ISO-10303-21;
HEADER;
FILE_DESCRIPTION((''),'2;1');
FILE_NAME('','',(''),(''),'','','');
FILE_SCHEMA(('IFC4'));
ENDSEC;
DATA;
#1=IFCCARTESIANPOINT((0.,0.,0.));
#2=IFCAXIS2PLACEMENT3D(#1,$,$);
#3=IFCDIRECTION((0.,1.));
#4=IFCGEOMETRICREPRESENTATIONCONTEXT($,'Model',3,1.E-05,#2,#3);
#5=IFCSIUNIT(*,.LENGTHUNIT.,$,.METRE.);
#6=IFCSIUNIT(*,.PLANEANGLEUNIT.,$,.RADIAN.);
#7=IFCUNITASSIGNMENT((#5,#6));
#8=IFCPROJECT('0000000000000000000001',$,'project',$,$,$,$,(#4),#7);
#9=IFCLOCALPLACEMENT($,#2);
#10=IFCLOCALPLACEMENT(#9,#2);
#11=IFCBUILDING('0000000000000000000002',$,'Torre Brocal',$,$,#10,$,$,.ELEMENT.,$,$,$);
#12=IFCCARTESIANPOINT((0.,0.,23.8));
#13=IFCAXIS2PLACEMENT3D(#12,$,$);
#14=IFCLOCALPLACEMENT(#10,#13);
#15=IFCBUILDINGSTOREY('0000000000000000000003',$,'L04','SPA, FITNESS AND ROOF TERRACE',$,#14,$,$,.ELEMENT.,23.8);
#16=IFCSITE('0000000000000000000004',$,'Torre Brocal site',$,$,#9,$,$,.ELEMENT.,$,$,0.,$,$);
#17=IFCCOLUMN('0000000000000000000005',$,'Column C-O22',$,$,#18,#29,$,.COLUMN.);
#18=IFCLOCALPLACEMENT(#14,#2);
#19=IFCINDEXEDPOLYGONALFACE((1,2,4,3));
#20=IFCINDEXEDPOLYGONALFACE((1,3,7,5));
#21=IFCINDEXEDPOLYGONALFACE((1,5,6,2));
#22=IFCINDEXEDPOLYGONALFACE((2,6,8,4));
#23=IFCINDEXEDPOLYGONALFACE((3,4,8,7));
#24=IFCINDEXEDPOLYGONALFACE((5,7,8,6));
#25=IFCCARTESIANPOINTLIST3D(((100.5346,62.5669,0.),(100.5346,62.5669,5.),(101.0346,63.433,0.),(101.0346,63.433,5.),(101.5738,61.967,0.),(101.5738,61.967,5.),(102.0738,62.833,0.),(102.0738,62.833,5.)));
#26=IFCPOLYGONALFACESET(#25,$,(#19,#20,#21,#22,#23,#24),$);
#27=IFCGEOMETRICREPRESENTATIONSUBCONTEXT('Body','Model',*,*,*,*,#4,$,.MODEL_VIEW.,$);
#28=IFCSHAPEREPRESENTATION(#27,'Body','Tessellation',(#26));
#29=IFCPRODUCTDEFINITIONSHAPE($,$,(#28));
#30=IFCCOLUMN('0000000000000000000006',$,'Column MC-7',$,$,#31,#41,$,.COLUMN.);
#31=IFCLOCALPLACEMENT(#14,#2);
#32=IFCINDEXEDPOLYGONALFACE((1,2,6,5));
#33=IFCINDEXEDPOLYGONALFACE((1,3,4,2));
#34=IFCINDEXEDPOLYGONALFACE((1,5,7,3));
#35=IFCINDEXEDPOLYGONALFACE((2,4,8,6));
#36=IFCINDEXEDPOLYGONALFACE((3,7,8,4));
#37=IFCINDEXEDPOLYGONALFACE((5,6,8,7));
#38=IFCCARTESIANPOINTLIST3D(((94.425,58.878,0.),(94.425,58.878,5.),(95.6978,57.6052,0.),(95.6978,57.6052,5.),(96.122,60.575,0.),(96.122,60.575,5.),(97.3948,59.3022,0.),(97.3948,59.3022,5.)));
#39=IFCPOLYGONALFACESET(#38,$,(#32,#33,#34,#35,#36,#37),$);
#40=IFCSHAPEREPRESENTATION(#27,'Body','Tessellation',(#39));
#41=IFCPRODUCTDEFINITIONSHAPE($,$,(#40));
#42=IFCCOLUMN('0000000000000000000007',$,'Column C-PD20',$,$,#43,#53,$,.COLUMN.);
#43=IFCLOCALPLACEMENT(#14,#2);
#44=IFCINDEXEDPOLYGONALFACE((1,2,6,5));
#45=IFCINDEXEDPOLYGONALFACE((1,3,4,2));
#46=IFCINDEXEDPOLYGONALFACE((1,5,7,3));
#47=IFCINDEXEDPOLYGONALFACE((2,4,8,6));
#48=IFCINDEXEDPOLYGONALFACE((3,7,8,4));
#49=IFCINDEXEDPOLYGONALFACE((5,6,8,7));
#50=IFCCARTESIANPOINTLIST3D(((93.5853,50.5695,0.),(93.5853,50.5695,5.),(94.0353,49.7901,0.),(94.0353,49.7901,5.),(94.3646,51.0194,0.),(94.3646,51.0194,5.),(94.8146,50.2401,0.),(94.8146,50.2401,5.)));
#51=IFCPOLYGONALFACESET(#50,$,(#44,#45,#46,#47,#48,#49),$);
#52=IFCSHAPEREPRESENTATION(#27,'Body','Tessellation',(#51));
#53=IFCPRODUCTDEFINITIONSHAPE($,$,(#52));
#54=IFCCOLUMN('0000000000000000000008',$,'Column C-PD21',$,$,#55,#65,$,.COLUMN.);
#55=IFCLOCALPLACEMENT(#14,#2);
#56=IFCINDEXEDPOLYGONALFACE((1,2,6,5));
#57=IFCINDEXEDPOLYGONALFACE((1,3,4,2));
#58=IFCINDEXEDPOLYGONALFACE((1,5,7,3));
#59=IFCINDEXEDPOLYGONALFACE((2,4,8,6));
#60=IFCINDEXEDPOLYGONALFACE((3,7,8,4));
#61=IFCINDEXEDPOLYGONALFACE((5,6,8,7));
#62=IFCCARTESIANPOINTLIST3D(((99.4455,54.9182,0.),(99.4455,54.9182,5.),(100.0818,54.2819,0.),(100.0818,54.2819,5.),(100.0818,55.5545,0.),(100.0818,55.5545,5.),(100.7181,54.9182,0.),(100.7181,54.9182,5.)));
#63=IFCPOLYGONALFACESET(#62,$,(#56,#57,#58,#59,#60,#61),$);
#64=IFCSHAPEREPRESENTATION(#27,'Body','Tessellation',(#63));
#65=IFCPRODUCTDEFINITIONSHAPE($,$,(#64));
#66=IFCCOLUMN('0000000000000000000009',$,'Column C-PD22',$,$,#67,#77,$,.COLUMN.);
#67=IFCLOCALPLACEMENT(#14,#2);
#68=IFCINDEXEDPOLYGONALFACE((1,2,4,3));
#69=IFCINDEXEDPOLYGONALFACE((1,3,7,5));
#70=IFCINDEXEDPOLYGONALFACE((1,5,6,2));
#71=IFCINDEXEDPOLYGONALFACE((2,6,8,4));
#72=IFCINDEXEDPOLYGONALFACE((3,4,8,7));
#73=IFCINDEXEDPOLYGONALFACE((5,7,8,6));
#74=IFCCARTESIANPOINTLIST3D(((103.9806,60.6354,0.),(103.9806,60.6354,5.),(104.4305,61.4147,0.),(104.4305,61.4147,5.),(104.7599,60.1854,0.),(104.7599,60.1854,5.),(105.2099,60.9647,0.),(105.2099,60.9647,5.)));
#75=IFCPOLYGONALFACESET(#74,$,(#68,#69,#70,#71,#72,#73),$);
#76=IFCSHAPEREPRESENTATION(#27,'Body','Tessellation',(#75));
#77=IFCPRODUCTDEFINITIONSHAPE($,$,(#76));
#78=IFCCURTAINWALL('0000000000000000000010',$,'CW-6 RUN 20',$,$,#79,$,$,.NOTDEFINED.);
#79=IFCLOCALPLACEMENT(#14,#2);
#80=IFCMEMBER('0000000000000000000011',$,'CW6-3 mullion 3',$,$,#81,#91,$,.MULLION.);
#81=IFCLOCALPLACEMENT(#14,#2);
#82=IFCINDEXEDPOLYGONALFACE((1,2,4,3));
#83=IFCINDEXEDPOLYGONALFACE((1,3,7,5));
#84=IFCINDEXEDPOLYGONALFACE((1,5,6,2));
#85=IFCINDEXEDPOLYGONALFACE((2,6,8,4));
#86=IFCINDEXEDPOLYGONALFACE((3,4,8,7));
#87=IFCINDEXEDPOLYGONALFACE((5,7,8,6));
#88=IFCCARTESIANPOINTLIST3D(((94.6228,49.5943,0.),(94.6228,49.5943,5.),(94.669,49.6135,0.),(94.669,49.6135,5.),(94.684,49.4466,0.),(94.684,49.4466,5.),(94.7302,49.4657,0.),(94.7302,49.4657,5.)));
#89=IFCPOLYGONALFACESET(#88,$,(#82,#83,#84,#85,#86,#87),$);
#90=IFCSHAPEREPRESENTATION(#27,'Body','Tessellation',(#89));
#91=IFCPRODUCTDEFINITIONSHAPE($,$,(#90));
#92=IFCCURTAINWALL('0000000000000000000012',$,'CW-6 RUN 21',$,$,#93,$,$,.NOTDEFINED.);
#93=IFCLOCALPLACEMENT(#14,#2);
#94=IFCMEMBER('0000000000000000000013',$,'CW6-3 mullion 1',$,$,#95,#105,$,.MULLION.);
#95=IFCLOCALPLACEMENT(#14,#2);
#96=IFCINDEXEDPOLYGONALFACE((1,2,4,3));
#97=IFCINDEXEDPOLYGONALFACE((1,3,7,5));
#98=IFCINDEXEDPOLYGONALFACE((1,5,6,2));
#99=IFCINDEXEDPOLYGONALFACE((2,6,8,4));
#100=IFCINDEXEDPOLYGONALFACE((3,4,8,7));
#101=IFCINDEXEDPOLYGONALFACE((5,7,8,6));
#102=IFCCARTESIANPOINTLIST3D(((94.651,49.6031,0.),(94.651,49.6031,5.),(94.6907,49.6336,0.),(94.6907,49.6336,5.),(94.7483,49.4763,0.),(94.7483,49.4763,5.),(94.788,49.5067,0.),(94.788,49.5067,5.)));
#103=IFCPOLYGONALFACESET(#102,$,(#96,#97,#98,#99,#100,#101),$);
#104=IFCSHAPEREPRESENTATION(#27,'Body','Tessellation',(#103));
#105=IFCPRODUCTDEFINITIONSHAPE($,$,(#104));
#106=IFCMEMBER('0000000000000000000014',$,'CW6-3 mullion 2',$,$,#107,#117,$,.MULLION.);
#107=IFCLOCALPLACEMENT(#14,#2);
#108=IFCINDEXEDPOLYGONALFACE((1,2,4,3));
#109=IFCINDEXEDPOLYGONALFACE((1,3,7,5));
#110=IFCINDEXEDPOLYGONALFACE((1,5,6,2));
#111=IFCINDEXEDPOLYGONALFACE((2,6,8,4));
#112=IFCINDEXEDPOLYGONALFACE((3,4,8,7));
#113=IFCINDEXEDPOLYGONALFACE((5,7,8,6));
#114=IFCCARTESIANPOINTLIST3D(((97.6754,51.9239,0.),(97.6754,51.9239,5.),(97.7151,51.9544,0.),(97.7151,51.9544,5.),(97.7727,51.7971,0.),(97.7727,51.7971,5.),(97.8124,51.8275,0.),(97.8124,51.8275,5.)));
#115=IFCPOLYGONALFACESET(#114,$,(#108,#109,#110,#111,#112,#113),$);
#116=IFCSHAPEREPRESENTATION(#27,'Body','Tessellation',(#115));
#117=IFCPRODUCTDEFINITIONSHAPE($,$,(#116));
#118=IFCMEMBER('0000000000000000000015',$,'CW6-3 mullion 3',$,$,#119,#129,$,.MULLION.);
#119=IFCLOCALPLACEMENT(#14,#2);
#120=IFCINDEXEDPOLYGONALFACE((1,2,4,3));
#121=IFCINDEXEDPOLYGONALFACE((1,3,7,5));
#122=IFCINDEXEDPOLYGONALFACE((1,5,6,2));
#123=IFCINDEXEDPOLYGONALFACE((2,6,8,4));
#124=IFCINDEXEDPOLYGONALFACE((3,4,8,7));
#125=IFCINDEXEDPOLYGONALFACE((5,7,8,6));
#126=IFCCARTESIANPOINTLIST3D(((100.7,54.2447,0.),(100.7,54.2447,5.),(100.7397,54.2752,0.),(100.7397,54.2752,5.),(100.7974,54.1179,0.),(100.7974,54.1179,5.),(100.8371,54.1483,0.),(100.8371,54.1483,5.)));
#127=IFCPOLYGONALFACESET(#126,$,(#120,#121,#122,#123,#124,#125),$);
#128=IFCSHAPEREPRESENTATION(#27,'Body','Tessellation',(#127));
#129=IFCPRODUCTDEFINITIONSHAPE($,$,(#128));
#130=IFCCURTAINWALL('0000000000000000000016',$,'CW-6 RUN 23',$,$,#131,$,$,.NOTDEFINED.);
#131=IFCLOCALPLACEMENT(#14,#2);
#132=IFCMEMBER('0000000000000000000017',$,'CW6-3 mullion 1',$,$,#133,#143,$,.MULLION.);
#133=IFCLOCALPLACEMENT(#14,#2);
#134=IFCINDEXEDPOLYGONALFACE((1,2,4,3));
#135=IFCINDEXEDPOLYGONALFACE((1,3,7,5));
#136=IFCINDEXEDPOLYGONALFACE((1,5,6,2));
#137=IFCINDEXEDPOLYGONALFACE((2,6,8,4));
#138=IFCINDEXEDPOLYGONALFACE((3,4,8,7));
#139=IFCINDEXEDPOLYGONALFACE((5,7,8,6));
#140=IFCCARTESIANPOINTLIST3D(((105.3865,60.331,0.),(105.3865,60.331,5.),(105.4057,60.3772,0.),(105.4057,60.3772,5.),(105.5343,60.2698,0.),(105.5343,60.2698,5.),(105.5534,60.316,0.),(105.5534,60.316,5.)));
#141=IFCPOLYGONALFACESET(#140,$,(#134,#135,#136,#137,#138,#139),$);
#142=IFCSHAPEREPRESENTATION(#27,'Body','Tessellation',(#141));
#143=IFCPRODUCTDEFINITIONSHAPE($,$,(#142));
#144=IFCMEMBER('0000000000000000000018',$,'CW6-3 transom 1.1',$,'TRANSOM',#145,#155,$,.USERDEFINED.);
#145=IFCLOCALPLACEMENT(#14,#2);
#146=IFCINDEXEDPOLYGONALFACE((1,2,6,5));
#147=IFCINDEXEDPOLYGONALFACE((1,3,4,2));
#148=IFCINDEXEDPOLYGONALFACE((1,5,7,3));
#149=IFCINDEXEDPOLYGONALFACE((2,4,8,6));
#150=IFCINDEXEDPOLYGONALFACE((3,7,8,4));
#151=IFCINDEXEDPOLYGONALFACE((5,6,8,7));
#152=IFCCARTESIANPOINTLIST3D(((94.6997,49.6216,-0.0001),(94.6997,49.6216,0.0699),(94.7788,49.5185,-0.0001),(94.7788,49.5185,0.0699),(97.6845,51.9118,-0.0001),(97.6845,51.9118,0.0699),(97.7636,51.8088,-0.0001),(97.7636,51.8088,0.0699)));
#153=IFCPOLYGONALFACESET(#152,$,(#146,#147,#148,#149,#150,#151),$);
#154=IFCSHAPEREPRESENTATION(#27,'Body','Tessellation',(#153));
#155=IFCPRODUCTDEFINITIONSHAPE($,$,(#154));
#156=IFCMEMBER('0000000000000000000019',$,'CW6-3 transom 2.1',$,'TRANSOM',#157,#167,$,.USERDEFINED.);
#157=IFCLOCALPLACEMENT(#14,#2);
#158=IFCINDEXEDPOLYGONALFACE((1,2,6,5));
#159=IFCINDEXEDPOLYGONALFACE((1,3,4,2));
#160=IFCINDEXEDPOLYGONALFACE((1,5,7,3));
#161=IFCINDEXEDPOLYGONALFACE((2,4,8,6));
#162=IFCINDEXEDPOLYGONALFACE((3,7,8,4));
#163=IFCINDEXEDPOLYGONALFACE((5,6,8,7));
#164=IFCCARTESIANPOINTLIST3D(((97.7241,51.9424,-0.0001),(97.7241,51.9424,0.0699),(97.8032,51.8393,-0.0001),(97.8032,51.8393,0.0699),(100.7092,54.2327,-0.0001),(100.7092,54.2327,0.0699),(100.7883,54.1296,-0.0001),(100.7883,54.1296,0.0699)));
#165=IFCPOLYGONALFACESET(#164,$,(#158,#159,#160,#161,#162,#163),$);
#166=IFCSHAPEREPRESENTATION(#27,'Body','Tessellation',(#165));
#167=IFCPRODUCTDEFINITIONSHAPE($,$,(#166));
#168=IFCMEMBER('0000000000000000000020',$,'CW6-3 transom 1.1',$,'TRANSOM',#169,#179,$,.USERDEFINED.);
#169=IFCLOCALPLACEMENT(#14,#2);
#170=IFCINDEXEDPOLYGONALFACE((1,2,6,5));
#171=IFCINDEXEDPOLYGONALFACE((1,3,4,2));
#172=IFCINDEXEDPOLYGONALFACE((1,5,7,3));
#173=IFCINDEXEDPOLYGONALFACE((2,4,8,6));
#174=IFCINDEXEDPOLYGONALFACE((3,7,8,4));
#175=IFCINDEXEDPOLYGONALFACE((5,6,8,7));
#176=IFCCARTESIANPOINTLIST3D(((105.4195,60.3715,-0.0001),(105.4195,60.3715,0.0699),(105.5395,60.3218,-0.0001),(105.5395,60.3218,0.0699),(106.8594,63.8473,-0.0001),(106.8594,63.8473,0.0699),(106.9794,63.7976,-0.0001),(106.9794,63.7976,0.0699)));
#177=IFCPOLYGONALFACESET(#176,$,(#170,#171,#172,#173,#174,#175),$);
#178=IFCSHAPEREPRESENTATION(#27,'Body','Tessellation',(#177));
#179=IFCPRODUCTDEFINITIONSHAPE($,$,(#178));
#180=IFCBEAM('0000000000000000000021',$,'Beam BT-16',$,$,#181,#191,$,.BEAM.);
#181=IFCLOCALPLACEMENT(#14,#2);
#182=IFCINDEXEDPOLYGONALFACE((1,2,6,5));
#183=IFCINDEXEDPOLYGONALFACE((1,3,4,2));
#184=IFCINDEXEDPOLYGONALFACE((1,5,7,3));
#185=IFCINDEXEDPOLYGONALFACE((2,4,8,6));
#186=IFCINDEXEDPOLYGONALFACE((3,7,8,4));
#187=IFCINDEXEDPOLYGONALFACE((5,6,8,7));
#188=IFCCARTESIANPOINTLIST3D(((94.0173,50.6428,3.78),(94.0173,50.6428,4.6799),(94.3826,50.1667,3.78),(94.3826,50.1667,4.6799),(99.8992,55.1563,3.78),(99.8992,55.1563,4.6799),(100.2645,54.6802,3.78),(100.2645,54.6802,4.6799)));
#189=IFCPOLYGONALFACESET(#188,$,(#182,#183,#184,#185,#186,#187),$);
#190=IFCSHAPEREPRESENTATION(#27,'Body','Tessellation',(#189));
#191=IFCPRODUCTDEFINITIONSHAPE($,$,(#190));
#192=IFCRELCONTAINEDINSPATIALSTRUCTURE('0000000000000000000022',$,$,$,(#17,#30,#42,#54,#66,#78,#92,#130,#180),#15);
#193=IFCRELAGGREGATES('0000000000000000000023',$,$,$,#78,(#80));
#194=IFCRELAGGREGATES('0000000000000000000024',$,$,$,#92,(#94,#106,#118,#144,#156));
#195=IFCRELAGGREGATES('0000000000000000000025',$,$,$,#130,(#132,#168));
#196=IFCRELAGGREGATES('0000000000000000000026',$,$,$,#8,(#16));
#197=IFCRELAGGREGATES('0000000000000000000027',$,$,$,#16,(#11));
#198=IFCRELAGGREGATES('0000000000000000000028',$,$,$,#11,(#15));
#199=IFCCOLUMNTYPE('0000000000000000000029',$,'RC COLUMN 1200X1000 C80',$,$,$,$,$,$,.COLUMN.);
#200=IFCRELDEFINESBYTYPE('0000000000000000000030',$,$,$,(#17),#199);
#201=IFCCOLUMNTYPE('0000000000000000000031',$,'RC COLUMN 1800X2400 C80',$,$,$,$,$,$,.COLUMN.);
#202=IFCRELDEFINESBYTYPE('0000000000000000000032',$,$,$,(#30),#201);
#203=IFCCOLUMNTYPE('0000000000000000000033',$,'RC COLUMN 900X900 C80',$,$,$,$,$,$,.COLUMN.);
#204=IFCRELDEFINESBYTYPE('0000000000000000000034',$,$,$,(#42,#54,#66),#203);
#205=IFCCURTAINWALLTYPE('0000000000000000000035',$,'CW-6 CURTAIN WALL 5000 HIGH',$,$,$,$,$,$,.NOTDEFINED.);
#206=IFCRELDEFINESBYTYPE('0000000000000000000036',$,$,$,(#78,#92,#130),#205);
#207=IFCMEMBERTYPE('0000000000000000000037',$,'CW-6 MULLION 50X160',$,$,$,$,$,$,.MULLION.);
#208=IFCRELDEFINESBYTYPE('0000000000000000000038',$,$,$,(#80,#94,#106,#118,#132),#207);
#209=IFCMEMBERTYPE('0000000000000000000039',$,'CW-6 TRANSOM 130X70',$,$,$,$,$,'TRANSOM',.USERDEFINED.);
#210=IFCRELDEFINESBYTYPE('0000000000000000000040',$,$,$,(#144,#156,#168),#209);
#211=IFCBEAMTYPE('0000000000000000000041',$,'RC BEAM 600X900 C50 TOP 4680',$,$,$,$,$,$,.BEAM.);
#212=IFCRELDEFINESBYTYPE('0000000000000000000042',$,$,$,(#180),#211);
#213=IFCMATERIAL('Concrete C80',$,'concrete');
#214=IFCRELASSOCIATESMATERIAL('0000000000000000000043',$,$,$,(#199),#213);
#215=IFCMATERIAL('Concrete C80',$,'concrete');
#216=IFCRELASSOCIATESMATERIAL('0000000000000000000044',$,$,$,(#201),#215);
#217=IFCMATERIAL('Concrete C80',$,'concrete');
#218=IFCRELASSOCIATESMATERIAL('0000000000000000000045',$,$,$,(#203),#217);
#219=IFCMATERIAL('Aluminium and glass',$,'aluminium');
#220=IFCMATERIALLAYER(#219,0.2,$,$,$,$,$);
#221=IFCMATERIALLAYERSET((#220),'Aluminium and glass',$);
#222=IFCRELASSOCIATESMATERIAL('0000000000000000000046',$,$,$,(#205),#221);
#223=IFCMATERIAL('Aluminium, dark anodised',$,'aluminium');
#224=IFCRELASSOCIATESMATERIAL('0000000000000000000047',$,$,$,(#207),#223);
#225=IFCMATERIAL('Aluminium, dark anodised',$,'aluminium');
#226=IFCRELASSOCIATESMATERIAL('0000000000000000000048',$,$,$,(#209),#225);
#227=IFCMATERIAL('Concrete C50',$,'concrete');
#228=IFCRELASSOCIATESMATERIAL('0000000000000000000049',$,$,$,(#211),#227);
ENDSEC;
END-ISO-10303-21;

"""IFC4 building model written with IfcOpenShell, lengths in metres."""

from ifc_helpers import new_model, si_unit, direction, frame, origin, origin_2d, place, context, subcontext, project, spatial, rectangle, extrude, material, layer, layer_set, material_profile, profile_set, type_object, element, aggregate, save


model = new_model("IFC4")

# Units and contexts
model_context = context("Model", 3, precision=1e-05, world=origin(), true_north=direction((0.0, 1.0)))
body_context = subcontext(model_context, "Body", "Model", "MODEL_VIEW")
ifc_project = project(units=[si_unit("LENGTHUNIT", "METRE"), si_unit("PLANEANGLEUNIT", "RADIAN")], contexts=[model_context])

# Site, building, storey
site_placement = place(None, origin())
site = spatial("IfcSite", under=ifc_project, at=site_placement, Name="Torre Brocal site", CompositionType="ELEMENT", RefElevation=0.0)
building_placement = place(site_placement, origin())
building = spatial("IfcBuilding", under=site, at=building_placement, Name="Torre Brocal", CompositionType="ELEMENT")
storey_placement = place(building_placement, frame((0.0, 0.0, 23.8)))
storey = spatial("IfcBuildingStorey", under=building, at=storey_placement, Name="L04", Description="SPA, FITNESS AND ROOF TERRACE", CompositionType="ELEMENT", Elevation=23.8)

# Columns
ifc_material_1 = material(Name="Concrete C80", Category="concrete")
ifc_material_profile_1 = material_profile(ifc_material_1, rectangle(XDim=1.2, YDim=1.0, at=origin_2d()), Name="RC 1200X1000")
ifc_profile_set_1 = profile_set([ifc_material_profile_1], Name="Concrete C80")
column_type_1 = type_object("IfcColumnType", Name="RC COLUMN 1200X1000 C80", PredefinedType="COLUMN", material=ifc_profile_set_1)
column_1_placement = place(storey_placement, frame((101.3042, 62.7, 0.0), z_axis=(0.0, 0.0, 1.0), x_axis=(0.866025, -0.5, 0.0)))
element("IfcColumn", 1, at=column_1_placement, inside=storey, type_object=column_type_1, Name="Column C-O22", PredefinedType="COLUMN", context=body_context, shape_type="SweptSolid", body=[
    extrude(rectangle(XDim=1.2, YDim=1.0, at=origin_2d()), origin(), (0.0, 0.0, 1.0), 5.0),
])
ifc_material_2 = material(Name="Concrete C80", Category="concrete")
ifc_material_profile_2 = material_profile(ifc_material_2, rectangle(XDim=1.8, YDim=2.3999, at=origin_2d()), Name="RC 1800X2400")
ifc_profile_set_2 = profile_set([ifc_material_profile_2], Name="Concrete C80")
column_type_2 = type_object("IfcColumnType", Name="RC COLUMN 1800X2400 C80", PredefinedType="COLUMN", material=ifc_profile_set_2)
column_2_placement = place(storey_placement, frame((95.9099, 59.0901, 0.0), z_axis=(0.0, 0.0, 1.0), x_axis=(0.707107, -0.707107, 0.0)))
element("IfcColumn", 2, at=column_2_placement, inside=storey, type_object=column_type_2, Name="Column MC-7", PredefinedType="COLUMN", context=body_context, shape_type="SweptSolid", body=[
    extrude(rectangle(XDim=1.8, YDim=2.3999, at=origin_2d()), origin(), (0.0, 0.0, 1.0), 5.0),
])
ifc_material_3 = material(Name="Concrete C80", Category="concrete")
ifc_material_profile_3 = material_profile(ifc_material_3, rectangle(XDim=0.8999, YDim=0.8999, at=origin_2d()), Name="RC 900X900")
ifc_profile_set_3 = profile_set([ifc_material_profile_3], Name="Concrete C80")
column_type_3 = type_object("IfcColumnType", Name="RC COLUMN 900X900 C80", PredefinedType="COLUMN", material=ifc_profile_set_3)
for number, where, z_axis, x_axis, name in (
    (3, (94.2, 50.4048, 0.0), (0.0, 0.0, 1.0), (0.5, -0.866025, 0.0), "Column C-PD20"),
    (4, (100.0818, 54.9182, 0.0), (0.0, 0.0, 1.0), (0.707107, -0.707107, 0.0), "Column C-PD21"),
    (5, (104.5952, 60.8, 0.0), (0.0, 0.0, 1.0), (0.866025, -0.5, 0.0), "Column C-PD22"),
):
    element("IfcColumn", number, at=place(storey_placement, frame(where, z_axis=z_axis, x_axis=x_axis)), inside=storey, type_object=column_type_3, Name=name, PredefinedType="COLUMN", context=body_context, shape_type="SweptSolid", body=[
        extrude(rectangle(XDim=0.8999, YDim=0.8999, at=origin_2d()), origin(), (0.0, 0.0, 1.0), 5.0),
    ])

# Curtain wall, member
ifc_material_4 = material(Name="Aluminium and glass", Category="aluminium")
ifc_layer_1 = layer(ifc_material_4, 0.2)
ifc_layer_set_1 = layer_set([ifc_layer_1], Name="Aluminium and glass")
curtain_wall_type = type_object("IfcCurtainWallType", Name="CW-6 CURTAIN WALL 5000 HIGH", PredefinedType="NOTDEFINED", material=ifc_layer_set_1)
curtain_wall_1_placement = place(storey_placement, origin())
curtain_wall_1 = element("IfcCurtainWall", 6, at=curtain_wall_1_placement, inside=storey, type_object=curtain_wall_type, Name="CW-6 RUN 20", PredefinedType="NOTDEFINED")
ifc_material_5 = material(Name="Aluminium, dark anodised", Category="aluminium")
ifc_material_profile_4 = material_profile(ifc_material_5, rectangle(XDim=0.1599, YDim=0.05, at=origin_2d()), Name="CW-6 MULLION 50X160")
ifc_profile_set_4 = profile_set([ifc_material_profile_4], Name="Aluminium, dark anodised")
member_type_1 = type_object("IfcMemberType", Name="CW-6 MULLION 50X160", PredefinedType="MULLION", material=ifc_profile_set_4)
member_1_placement = place(storey_placement, frame((94.6765, 49.53, 0.0), z_axis=(0.0, 0.0, 1.0), x_axis=(-0.382683, 0.92388, 0.0)))
member_1 = element("IfcMember", 7, at=member_1_placement, type_object=member_type_1, Name="CW6-3 mullion 3", PredefinedType="MULLION", context=body_context, shape_type="SweptSolid", body=[
    extrude(rectangle(XDim=0.1599, YDim=0.05, at=origin_2d()), origin(), (0.0, 0.0, 1.0), 5.0),
])
aggregate(curtain_wall_1, [member_1])

# Curtain wall, members
curtain_wall_2_placement = place(storey_placement, origin())
curtain_wall_2 = element("IfcCurtainWall", 8, at=curtain_wall_2_placement, inside=storey, type_object=curtain_wall_type, Name="CW-6 RUN 21", PredefinedType="NOTDEFINED")
member_2_placement = place(storey_placement, frame((94.7195, 49.5549, 0.0), z_axis=(0.0, 0.0, 1.0), x_axis=(-0.608761, 0.793353, 0.0)))
member_2 = element("IfcMember", 9, at=member_2_placement, type_object=member_type_1, Name="CW6-3 mullion 1", PredefinedType="MULLION", context=body_context, shape_type="SweptSolid", body=[
    extrude(rectangle(XDim=0.1599, YDim=0.05, at=origin_2d()), origin(), (0.0, 0.0, 1.0), 5.0),
])
member_3_placement = place(storey_placement, frame((97.7439, 51.8757, 0.0), z_axis=(0.0, 0.0, 1.0), x_axis=(-0.608761, 0.793353, 0.0)))
member_3 = element("IfcMember", 10, at=member_3_placement, type_object=member_type_1, Name="CW6-3 mullion 2", PredefinedType="MULLION", context=body_context, shape_type="SweptSolid", body=[
    extrude(rectangle(XDim=0.1599, YDim=0.05, at=origin_2d()), origin(), (0.0, 0.0, 1.0), 5.0),
])
member_4_placement = place(storey_placement, frame((100.7686, 54.1965, 0.0), z_axis=(0.0, 0.0, 1.0), x_axis=(-0.608761, 0.793353, 0.0)))
member_4 = element("IfcMember", 11, at=member_4_placement, type_object=member_type_1, Name="CW6-3 mullion 3", PredefinedType="MULLION", context=body_context, shape_type="SweptSolid", body=[
    extrude(rectangle(XDim=0.1599, YDim=0.05, at=origin_2d()), origin(), (0.0, 0.0, 1.0), 5.0),
])

# Curtain wall, member
curtain_wall_3_placement = place(storey_placement, origin())
curtain_wall_3 = element("IfcCurtainWall", 12, at=curtain_wall_3_placement, inside=storey, type_object=curtain_wall_type, Name="CW-6 RUN 23", PredefinedType="NOTDEFINED")
member_5_placement = place(storey_placement, frame((105.47, 60.3235, 0.0), z_axis=(0.0, 0.0, 1.0), x_axis=(-0.92388, 0.382683, 0.0)))
member_5 = element("IfcMember", 13, at=member_5_placement, type_object=member_type_1, Name="CW6-3 mullion 1", PredefinedType="MULLION", context=body_context, shape_type="SweptSolid", body=[
    extrude(rectangle(XDim=0.1599, YDim=0.05, at=origin_2d()), origin(), (0.0, 0.0, 1.0), 5.0),
])

# Members
ifc_material_6 = material(Name="Aluminium, dark anodised", Category="aluminium")
ifc_material_profile_5 = material_profile(ifc_material_6, rectangle(XDim=0.1299, YDim=0.0701, at=origin_2d()), Name="CW-6 TRANSOM 130X70")
ifc_profile_set_5 = profile_set([ifc_material_profile_5], Name="Aluminium, dark anodised")
member_type_2 = type_object("IfcMemberType", Name="CW-6 TRANSOM 130X70", ElementType="TRANSOM", PredefinedType="USERDEFINED", material=ifc_profile_set_5)
member_6_placement = place(storey_placement, frame((94.7393, 49.5701, 0.0349), z_axis=(0.793364, 0.608748, 0.0), x_axis=(-0.608748, 0.793364, 0.0)))
member_6 = element("IfcMember", 14, at=member_6_placement, type_object=member_type_2, Name="CW6-3 transom 1.1", ObjectType="TRANSOM", PredefinedType="USERDEFINED", context=body_context, shape_type="SweptSolid", body=[
    extrude(rectangle(XDim=0.1299, YDim=0.0701, at=origin_2d()), origin(), (0.0, 0.0, 1.0), 3.7622),
])
member_7_placement = place(storey_placement, frame((97.7637, 51.8909, 0.0349), z_axis=(0.793388, 0.608716, 0.0), x_axis=(-0.608716, 0.793388, 0.0)))
member_7 = element("IfcMember", 15, at=member_7_placement, type_object=member_type_2, Name="CW6-3 transom 2.1", ObjectType="TRANSOM", PredefinedType="USERDEFINED", context=body_context, shape_type="SweptSolid", body=[
    extrude(rectangle(XDim=0.1299, YDim=0.0701, at=origin_2d()), origin(), (0.0, 0.0, 1.0), 3.7625),
])
member_8_placement = place(storey_placement, frame((105.4795, 60.3467, 0.0349), z_axis=(0.38273, 0.92386, 0.0), x_axis=(-0.92386, 0.38273, 0.0)))
member_8 = element("IfcMember", 16, at=member_8_placement, type_object=member_type_2, Name="CW6-3 transom 1.1", ObjectType="TRANSOM", PredefinedType="USERDEFINED", context=body_context, shape_type="SweptSolid", body=[
    extrude(rectangle(XDim=0.1299, YDim=0.0701, at=origin_2d()), origin(), (0.0, 0.0, 1.0), 3.7622),
])

# Beam
ifc_material_7 = material(Name="Concrete C50", Category="concrete")
ifc_material_profile_6 = material_profile(ifc_material_7, rectangle(XDim=0.6001, YDim=0.8999, at=origin_2d()), Name="RC 600X900")
ifc_profile_set_6 = profile_set([ifc_material_profile_6], Name="Concrete C50")
beam_type_1 = type_object("IfcBeamType", Name="RC BEAM 600X900 C50 TOP 4680", PredefinedType="BEAM", material=ifc_profile_set_6)
for number, where, z_axis, x_axis, name in (
    (17, (94.2, 50.4048, 4.23), (0.793344, 0.608773, 0.0), (-0.608773, 0.793344, 0.0), "Beam BT-16"),
):
    element("IfcBeam", number, at=place(storey_placement, frame(where, z_axis=z_axis, x_axis=x_axis)), inside=storey, type_object=beam_type_1, Name=name, PredefinedType="BEAM", context=body_context, shape_type="SweptSolid", body=[
        extrude(rectangle(XDim=0.6001, YDim=0.8999, at=origin_2d()), origin(), (0.0, 0.0, 1.0), 7.4141),
    ])

aggregate(curtain_wall_2, [member_2, member_3, member_4, member_6, member_7])
aggregate(curtain_wall_3, [member_5, member_8])

save(model, "model.ifc")
